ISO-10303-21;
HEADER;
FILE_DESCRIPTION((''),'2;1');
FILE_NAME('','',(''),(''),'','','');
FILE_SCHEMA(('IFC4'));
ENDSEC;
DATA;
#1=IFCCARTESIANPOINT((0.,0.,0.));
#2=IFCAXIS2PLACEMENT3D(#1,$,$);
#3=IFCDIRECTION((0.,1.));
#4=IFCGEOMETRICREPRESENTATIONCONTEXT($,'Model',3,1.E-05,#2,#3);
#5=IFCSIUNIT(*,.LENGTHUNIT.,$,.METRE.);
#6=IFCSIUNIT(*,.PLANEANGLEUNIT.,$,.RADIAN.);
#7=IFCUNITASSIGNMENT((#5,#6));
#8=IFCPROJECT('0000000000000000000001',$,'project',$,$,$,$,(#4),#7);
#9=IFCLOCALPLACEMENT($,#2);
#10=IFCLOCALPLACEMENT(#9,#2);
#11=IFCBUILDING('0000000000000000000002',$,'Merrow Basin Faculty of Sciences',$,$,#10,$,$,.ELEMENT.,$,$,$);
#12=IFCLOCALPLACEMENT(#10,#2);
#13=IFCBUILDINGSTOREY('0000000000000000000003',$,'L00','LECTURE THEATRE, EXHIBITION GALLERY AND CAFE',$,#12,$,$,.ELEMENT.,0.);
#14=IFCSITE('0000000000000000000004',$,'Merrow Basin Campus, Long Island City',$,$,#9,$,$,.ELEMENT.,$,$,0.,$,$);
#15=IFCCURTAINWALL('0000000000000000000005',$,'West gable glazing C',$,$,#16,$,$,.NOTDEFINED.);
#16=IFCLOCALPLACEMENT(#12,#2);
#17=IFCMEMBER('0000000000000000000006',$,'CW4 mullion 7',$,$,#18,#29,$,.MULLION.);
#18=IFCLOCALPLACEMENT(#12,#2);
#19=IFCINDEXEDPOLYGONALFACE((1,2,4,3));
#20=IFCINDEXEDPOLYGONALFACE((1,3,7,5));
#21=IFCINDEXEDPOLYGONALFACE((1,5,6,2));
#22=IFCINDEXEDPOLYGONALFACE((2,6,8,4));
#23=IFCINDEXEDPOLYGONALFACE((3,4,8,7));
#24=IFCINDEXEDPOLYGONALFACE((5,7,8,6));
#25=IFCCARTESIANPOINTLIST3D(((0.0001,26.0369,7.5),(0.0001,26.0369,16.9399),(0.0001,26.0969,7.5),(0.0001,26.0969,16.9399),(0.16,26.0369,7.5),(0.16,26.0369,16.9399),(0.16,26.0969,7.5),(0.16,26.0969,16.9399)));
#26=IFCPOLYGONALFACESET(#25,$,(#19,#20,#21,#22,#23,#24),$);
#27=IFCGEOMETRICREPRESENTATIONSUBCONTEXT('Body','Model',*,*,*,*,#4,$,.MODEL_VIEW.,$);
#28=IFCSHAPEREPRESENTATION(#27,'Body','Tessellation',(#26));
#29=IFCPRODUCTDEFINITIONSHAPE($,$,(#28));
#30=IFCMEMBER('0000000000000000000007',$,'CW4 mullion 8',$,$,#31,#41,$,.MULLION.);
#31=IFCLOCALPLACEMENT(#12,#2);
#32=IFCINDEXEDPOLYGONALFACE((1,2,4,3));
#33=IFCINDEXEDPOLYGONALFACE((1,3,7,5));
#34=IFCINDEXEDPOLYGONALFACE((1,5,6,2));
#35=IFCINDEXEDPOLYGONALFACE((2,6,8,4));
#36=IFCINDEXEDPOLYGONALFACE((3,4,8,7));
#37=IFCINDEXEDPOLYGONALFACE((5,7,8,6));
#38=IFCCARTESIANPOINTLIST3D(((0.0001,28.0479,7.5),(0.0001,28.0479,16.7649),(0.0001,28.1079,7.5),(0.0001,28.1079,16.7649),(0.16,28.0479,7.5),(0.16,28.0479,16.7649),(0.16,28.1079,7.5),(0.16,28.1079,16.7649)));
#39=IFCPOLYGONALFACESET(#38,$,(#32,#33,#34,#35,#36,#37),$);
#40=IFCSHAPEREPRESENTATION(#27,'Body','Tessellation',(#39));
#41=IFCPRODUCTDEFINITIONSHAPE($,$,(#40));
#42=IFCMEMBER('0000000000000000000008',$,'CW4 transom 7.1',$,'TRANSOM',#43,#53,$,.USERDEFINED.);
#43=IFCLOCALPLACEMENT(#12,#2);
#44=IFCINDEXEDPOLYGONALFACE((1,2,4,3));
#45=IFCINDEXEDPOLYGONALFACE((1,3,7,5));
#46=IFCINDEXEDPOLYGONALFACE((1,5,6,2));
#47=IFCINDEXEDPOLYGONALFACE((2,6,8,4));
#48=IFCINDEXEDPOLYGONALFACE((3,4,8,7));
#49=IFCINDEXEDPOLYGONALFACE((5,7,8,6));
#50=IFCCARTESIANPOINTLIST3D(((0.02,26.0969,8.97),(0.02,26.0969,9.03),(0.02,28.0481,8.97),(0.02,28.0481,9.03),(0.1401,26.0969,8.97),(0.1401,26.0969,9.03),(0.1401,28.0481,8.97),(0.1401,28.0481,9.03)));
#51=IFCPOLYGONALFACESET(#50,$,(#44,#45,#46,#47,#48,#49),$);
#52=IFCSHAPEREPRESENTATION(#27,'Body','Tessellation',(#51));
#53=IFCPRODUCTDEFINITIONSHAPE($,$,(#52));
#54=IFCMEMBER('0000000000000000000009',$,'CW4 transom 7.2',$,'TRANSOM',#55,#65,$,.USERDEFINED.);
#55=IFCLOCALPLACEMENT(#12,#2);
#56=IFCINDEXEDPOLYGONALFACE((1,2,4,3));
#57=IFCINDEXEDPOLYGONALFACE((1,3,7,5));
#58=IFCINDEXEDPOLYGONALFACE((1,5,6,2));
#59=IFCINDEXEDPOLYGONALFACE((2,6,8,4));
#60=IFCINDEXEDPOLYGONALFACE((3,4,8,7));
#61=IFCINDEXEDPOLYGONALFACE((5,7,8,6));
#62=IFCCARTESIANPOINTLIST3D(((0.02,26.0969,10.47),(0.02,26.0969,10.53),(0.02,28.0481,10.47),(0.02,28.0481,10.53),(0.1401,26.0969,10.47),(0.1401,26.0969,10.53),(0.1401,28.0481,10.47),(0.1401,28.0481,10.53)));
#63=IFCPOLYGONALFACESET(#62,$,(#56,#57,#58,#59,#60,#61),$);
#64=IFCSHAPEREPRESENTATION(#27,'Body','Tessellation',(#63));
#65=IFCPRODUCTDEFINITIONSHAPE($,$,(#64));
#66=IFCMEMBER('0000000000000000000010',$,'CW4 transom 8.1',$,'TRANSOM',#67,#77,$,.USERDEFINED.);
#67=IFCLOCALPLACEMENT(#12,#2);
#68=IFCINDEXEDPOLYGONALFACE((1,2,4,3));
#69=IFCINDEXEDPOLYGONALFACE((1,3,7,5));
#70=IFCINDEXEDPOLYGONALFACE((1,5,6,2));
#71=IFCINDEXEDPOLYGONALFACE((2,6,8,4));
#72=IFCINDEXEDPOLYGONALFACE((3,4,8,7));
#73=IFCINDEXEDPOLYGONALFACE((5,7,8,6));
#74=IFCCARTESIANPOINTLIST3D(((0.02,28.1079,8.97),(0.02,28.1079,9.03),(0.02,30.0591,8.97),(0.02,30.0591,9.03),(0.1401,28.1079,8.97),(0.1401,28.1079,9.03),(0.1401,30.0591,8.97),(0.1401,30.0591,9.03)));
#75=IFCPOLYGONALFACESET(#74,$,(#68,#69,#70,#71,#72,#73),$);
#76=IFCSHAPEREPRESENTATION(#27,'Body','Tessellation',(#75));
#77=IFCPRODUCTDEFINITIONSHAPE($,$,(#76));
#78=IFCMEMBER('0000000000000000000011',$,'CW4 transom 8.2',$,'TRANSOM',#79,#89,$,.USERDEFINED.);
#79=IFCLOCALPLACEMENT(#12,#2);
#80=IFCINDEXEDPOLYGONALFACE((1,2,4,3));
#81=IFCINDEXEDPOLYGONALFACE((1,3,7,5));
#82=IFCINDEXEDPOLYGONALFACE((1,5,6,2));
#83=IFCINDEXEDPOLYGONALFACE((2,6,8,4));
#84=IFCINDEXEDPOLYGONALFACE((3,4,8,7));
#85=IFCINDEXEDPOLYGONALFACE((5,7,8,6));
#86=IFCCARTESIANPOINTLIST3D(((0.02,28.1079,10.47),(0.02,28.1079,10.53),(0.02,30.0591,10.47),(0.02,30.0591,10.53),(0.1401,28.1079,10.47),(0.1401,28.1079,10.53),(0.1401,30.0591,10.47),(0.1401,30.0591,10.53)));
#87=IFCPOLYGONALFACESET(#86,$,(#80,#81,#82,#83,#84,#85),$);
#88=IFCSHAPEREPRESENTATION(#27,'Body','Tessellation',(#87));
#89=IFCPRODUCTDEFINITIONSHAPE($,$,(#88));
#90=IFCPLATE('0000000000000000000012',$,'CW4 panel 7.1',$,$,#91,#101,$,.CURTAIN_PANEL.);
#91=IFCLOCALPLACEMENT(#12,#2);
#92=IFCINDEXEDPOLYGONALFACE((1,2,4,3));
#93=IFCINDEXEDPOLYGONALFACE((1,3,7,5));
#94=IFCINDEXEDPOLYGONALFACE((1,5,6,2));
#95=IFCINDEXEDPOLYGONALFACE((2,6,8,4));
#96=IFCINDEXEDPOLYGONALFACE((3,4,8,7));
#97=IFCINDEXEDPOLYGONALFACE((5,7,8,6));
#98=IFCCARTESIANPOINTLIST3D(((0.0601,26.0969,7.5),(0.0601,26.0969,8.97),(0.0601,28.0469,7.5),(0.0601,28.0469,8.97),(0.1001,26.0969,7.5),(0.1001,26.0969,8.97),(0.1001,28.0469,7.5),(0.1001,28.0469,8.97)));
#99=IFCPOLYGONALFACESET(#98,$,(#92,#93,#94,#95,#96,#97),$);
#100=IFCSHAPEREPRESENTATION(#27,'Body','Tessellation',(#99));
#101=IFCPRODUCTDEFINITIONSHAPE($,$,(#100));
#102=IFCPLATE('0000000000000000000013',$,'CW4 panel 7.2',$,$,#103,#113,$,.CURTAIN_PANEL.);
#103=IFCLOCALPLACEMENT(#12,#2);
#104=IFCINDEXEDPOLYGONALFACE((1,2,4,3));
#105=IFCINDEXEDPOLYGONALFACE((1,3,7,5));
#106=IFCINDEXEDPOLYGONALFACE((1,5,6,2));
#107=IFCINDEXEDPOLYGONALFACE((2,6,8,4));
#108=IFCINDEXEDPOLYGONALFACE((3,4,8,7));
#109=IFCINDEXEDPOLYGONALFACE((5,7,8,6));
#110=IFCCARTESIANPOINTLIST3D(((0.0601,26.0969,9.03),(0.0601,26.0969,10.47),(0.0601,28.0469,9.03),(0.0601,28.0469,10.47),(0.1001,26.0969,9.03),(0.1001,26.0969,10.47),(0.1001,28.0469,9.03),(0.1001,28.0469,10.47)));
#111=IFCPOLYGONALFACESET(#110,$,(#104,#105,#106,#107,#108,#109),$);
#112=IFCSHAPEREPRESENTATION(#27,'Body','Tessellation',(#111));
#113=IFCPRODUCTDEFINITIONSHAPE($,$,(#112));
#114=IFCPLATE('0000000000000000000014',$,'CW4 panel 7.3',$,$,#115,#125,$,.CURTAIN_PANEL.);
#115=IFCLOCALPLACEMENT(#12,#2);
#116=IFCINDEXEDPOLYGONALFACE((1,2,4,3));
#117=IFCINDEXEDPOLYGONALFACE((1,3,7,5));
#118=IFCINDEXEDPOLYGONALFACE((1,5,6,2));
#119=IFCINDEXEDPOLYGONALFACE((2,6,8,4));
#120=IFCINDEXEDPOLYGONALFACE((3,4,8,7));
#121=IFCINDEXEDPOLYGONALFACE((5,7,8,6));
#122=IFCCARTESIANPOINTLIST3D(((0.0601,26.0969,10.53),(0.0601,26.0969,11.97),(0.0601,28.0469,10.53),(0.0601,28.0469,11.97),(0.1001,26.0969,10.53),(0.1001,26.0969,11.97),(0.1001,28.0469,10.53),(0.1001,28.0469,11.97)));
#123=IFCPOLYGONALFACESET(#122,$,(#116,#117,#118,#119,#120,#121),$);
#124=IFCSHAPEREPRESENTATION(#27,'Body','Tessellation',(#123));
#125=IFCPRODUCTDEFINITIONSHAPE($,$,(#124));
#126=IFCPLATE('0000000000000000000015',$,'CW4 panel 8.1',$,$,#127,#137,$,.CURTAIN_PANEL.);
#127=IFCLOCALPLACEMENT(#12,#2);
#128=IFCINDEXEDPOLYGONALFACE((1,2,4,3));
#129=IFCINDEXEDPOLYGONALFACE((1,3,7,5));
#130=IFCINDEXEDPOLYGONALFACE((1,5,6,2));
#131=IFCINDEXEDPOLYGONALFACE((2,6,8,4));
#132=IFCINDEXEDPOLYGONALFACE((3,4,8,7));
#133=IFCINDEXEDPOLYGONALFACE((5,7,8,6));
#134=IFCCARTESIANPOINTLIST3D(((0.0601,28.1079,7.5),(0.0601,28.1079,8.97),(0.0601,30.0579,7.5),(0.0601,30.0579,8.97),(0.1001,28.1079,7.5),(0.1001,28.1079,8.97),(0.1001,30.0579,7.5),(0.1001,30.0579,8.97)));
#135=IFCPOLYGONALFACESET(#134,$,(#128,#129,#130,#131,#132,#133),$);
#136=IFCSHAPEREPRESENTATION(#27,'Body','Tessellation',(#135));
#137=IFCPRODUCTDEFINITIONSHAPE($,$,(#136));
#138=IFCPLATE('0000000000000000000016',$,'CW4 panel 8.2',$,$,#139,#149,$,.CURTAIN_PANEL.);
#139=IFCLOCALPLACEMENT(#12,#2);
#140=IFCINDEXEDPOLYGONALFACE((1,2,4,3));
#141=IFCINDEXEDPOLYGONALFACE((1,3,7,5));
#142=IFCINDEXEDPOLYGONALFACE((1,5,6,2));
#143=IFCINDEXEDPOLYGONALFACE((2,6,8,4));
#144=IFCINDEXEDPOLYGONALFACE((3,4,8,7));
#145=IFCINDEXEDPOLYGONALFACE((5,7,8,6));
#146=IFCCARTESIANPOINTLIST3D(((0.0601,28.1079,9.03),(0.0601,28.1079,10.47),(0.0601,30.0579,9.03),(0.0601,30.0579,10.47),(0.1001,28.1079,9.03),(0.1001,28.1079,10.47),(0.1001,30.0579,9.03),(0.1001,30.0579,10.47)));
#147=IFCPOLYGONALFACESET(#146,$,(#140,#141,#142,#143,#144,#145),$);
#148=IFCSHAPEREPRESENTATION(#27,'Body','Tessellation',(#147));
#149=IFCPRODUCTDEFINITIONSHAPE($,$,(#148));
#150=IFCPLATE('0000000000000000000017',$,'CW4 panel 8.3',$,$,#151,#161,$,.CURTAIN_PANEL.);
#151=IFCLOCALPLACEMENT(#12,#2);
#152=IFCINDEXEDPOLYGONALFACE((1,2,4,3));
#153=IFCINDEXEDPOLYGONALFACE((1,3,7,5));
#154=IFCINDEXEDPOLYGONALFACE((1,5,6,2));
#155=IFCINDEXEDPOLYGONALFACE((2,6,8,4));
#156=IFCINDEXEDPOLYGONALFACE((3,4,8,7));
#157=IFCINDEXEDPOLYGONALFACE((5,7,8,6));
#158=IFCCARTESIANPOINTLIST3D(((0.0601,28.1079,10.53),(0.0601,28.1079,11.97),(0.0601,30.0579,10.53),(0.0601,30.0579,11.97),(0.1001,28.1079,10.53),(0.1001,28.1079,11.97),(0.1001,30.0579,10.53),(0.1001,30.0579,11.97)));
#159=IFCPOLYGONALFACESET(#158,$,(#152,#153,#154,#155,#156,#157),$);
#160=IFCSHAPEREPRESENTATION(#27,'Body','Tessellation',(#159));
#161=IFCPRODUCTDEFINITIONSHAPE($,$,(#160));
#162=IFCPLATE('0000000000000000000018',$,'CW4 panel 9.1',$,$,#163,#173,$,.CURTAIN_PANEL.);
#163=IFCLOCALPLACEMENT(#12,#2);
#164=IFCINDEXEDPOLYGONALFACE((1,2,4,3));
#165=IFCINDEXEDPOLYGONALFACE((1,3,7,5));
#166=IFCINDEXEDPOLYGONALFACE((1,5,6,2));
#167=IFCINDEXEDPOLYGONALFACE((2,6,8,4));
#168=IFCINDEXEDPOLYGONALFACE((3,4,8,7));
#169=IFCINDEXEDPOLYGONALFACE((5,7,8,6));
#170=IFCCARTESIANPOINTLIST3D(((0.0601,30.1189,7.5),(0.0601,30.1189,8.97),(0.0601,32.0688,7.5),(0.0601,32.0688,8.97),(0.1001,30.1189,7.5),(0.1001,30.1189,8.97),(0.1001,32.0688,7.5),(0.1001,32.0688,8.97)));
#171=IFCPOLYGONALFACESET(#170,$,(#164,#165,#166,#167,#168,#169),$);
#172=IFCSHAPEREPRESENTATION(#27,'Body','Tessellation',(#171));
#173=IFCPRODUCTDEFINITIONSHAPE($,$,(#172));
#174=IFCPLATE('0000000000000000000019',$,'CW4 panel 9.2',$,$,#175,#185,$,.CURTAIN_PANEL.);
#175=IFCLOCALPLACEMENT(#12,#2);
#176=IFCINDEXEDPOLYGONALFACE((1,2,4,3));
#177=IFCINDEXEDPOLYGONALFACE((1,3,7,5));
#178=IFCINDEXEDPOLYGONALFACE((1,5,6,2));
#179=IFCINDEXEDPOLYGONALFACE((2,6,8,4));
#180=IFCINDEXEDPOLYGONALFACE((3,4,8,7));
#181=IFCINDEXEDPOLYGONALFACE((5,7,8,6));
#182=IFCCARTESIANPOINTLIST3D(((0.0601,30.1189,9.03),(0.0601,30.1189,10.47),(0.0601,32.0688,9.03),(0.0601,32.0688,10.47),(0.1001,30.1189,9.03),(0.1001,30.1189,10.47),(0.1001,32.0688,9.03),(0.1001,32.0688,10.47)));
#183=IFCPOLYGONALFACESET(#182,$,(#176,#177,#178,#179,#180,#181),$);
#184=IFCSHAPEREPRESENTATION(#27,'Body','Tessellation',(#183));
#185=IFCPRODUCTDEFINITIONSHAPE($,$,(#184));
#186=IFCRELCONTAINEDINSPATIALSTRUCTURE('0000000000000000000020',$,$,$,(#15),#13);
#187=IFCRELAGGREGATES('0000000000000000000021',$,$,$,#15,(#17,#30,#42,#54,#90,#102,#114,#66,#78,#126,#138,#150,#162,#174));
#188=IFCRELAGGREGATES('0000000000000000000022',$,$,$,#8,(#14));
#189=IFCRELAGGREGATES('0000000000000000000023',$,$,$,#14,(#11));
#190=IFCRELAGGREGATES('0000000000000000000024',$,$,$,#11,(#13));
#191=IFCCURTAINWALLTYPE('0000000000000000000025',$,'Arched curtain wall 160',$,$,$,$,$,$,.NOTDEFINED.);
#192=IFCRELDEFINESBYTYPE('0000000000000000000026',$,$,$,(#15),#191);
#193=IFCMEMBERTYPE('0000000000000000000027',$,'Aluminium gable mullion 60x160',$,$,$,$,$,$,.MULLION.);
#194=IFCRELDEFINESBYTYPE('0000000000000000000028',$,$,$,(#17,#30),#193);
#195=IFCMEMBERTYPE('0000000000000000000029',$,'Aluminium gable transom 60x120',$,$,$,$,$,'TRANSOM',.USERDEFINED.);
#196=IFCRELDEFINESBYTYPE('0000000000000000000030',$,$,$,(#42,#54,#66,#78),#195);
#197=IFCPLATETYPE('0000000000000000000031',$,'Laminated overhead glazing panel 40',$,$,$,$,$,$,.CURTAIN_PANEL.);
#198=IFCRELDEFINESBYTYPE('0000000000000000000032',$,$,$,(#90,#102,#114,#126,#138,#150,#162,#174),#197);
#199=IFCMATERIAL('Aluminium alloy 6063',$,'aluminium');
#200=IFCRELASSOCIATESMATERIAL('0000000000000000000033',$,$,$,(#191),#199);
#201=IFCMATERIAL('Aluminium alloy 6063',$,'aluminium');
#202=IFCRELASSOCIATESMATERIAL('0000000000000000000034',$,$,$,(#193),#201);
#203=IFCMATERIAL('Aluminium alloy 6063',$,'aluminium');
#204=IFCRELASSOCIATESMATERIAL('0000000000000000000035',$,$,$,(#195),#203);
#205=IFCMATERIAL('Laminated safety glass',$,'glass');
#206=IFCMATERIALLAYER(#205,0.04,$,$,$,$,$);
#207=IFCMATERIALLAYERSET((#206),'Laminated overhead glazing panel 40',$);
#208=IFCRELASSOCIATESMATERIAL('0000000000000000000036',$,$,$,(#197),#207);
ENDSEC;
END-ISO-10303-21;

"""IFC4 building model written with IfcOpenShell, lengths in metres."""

from ifc_helpers import new_model, si_unit, direction, frame, origin, origin_2d, place, context, subcontext, project, spatial, polyline, rectangle, outline, extrude, material, layer, layer_set, material_profile, profile_set, type_object, element, aggregate, save


model = new_model("IFC4")

# Units and contexts
model_context = context("Model", 3, precision=1e-05, world=origin(), true_north=direction((0.0, 1.0)))
body_context = subcontext(model_context, "Body", "Model", "MODEL_VIEW")
ifc_project = project(units=[si_unit("LENGTHUNIT", "METRE"), si_unit("PLANEANGLEUNIT", "RADIAN")], contexts=[model_context])

# Site, building, storey
site_placement = place(None, origin())
site = spatial("IfcSite", under=ifc_project, at=site_placement, Name="Merrow Basin Campus, Long Island City", CompositionType="ELEMENT", RefElevation=0.0)
building_placement = place(site_placement, origin())
building = spatial("IfcBuilding", under=site, at=building_placement, Name="Merrow Basin Faculty of Sciences", CompositionType="ELEMENT")
storey_placement = place(building_placement, origin())
storey = spatial("IfcBuildingStorey", under=building, at=storey_placement, Name="L00", Description="LECTURE THEATRE, EXHIBITION GALLERY AND CAFE", CompositionType="ELEMENT", Elevation=0.0)

# Curtain wall, members, plates
ifc_material_1 = material(Name="Aluminium alloy 6063", Category="aluminium")
curtain_wall_type = type_object("IfcCurtainWallType", Name="Arched curtain wall 160", PredefinedType="NOTDEFINED", material=ifc_material_1)
curtain_wall_placement = place(storey_placement, origin())
curtain_wall = element("IfcCurtainWall", 1, at=curtain_wall_placement, inside=storey, type_object=curtain_wall_type, Name="West gable glazing C", PredefinedType="NOTDEFINED")
ifc_material_2 = material(Name="Aluminium alloy 6063", Category="aluminium")
ifc_material_profile_1 = material_profile(ifc_material_2, rectangle(XDim=0.1599, YDim=0.0601, at=origin_2d()))
ifc_profile_set_1 = profile_set([ifc_material_profile_1], Name="Aluminium alloy 6063")
member_type_1 = type_object("IfcMemberType", Name="Aluminium gable mullion 60x160", PredefinedType="MULLION", material=ifc_profile_set_1)
member_1_placement = place(storey_placement, frame((0.0801, 26.0669, 7.5), z_axis=(0.0, 0.0, 1.0), x_axis=(1.0, 0.0, 0.0)))
member_1 = element("IfcMember", 2, at=member_1_placement, type_object=member_type_1, Name="CW4 mullion 7", PredefinedType="MULLION", context=body_context, shape_type="SweptSolid", body=[
    extrude(rectangle(XDim=0.1599, YDim=0.0601, at=origin_2d()), origin(), (0.0, 0.0, 1.0), 9.4399),
])
member_2_placement = place(storey_placement, frame((0.0801, 28.0779, 7.5), z_axis=(0.0, 0.0, 1.0), x_axis=(1.0, 0.0, 0.0)))
member_2 = element("IfcMember", 3, at=member_2_placement, type_object=member_type_1, Name="CW4 mullion 8", PredefinedType="MULLION", context=body_context, shape_type="SweptSolid", body=[
    extrude(rectangle(XDim=0.1599, YDim=0.0601, at=origin_2d()), origin(), (0.0, 0.0, 1.0), 9.2649),
])
ifc_material_3 = material(Name="Aluminium alloy 6063", Category="aluminium")
ifc_material_profile_2 = material_profile(ifc_material_3, rectangle(XDim=0.1201, YDim=0.0601, at=origin_2d()))
ifc_profile_set_2 = profile_set([ifc_material_profile_2], Name="Aluminium alloy 6063")
member_type_2 = type_object("IfcMemberType", Name="Aluminium gable transom 60x120", ElementType="TRANSOM", PredefinedType="USERDEFINED", material=ifc_profile_set_2)
member_3_placement = place(storey_placement, frame((0.0801, 26.0969, 9.0), z_axis=(0.0, 1.0, 0.0), x_axis=(-1.0, 0.0, 0.0)))
member_3 = element("IfcMember", 4, at=member_3_placement, type_object=member_type_2, Name="CW4 transom 7.1", ObjectType="TRANSOM", PredefinedType="USERDEFINED", context=body_context, shape_type="SweptSolid", body=[
    extrude(rectangle(XDim=0.1201, YDim=0.0601, at=origin_2d()), origin(), (0.0, 0.0, 1.0), 1.9512),
])
member_4_placement = place(storey_placement, frame((0.0801, 26.0969, 10.5), z_axis=(0.0, 1.0, 0.0), x_axis=(-1.0, 0.0, 0.0)))
member_4 = element("IfcMember", 5, at=member_4_placement, type_object=member_type_2, Name="CW4 transom 7.2", ObjectType="TRANSOM", PredefinedType="USERDEFINED", context=body_context, shape_type="SweptSolid", body=[
    extrude(rectangle(XDim=0.1201, YDim=0.0601, at=origin_2d()), origin(), (0.0, 0.0, 1.0), 1.9512),
])
member_5_placement = place(storey_placement, frame((0.0801, 28.1079, 9.0), z_axis=(0.0, 1.0, 0.0), x_axis=(-1.0, 0.0, 0.0)))
member_5 = element("IfcMember", 6, at=member_5_placement, type_object=member_type_2, Name="CW4 transom 8.1", ObjectType="TRANSOM", PredefinedType="USERDEFINED", context=body_context, shape_type="SweptSolid", body=[
    extrude(rectangle(XDim=0.1201, YDim=0.0601, at=origin_2d()), origin(), (0.0, 0.0, 1.0), 1.9512),
])
member_6_placement = place(storey_placement, frame((0.0801, 28.1079, 10.5), z_axis=(0.0, 1.0, 0.0), x_axis=(-1.0, 0.0, 0.0)))
member_6 = element("IfcMember", 7, at=member_6_placement, type_object=member_type_2, Name="CW4 transom 8.2", ObjectType="TRANSOM", PredefinedType="USERDEFINED", context=body_context, shape_type="SweptSolid", body=[
    extrude(rectangle(XDim=0.1201, YDim=0.0601, at=origin_2d()), origin(), (0.0, 0.0, 1.0), 1.9512),
])
ifc_material_4 = material(Name="Laminated safety glass", Category="glass")
ifc_layer = layer(ifc_material_4, 0.04)
ifc_layer_set = layer_set([ifc_layer], Name="Laminated overhead glazing panel 40")
plate_type = type_object("IfcPlateType", Name="Laminated overhead glazing panel 40", PredefinedType="CURTAIN_PANEL", material=ifc_layer_set)
plate_1_placement = place(storey_placement, frame((0.0601, 26.0969, 7.5), z_axis=(1.0, 0.0, 0.0), x_axis=(0.0, 1.0, 0.0)))
plate_1 = element("IfcPlate", 8, at=plate_1_placement, type_object=plate_type, Name="CW4 panel 7.1", PredefinedType="CURTAIN_PANEL", context=body_context, shape_type="SweptSolid", body=[
    extrude(outline(polyline([(0.0, 0.0), (1.95, 0.0), (1.95, 1.47), (0.0, 1.47), (0.0, 0.0)])), origin(), (0.0, 0.0, 1.0), 0.04),
])
plate_2_placement = place(storey_placement, frame((0.0601, 26.0969, 9.03), z_axis=(1.0, 0.0, 0.0), x_axis=(0.0, 1.0, 0.0)))
plate_2 = element("IfcPlate", 9, at=plate_2_placement, type_object=plate_type, Name="CW4 panel 7.2", PredefinedType="CURTAIN_PANEL", context=body_context, shape_type="SweptSolid", body=[
    extrude(outline(polyline([(0.0, 0.0), (1.95, 0.0), (1.95, 1.4399), (0.0, 1.4399), (0.0, 0.0)])), origin(), (0.0, 0.0, 1.0), 0.04),
])
plate_3_placement = place(storey_placement, frame((0.0601, 26.0969, 10.53), z_axis=(1.0, 0.0, 0.0), x_axis=(0.0, 1.0, 0.0)))
plate_3 = element("IfcPlate", 10, at=plate_3_placement, type_object=plate_type, Name="CW4 panel 7.3", PredefinedType="CURTAIN_PANEL", context=body_context, shape_type="SweptSolid", body=[
    extrude(outline(polyline([(0.0, 0.0), (1.95, 0.0), (1.95, 1.4399), (0.0, 1.4399), (0.0, 0.0)])), origin(), (0.0, 0.0, 1.0), 0.04),
])
plate_4_placement = place(storey_placement, frame((0.0601, 28.1079, 7.5), z_axis=(1.0, 0.0, 0.0), x_axis=(0.0, 1.0, 0.0)))
plate_4 = element("IfcPlate", 11, at=plate_4_placement, type_object=plate_type, Name="CW4 panel 8.1", PredefinedType="CURTAIN_PANEL", context=body_context, shape_type="SweptSolid", body=[
    extrude(outline(polyline([(0.0, 0.0), (1.95, 0.0), (1.95, 1.47), (0.0, 1.47), (0.0, 0.0)])), origin(), (0.0, 0.0, 1.0), 0.04),
])
plate_5_placement = place(storey_placement, frame((0.0601, 28.1079, 9.03), z_axis=(1.0, 0.0, 0.0), x_axis=(0.0, 1.0, 0.0)))
plate_5 = element("IfcPlate", 12, at=plate_5_placement, type_object=plate_type, Name="CW4 panel 8.2", PredefinedType="CURTAIN_PANEL", context=body_context, shape_type="SweptSolid", body=[
    extrude(outline(polyline([(0.0, 0.0), (1.95, 0.0), (1.95, 1.4399), (0.0, 1.4399), (0.0, 0.0)])), origin(), (0.0, 0.0, 1.0), 0.04),
])
plate_6_placement = place(storey_placement, frame((0.0601, 28.1079, 10.53), z_axis=(1.0, 0.0, 0.0), x_axis=(0.0, 1.0, 0.0)))
plate_6 = element("IfcPlate", 13, at=plate_6_placement, type_object=plate_type, Name="CW4 panel 8.3", PredefinedType="CURTAIN_PANEL", context=body_context, shape_type="SweptSolid", body=[
    extrude(outline(polyline([(0.0, 0.0), (1.95, 0.0), (1.95, 1.4399), (0.0, 1.4399), (0.0, 0.0)])), origin(), (0.0, 0.0, 1.0), 0.04),
])
plate_7_placement = place(storey_placement, frame((0.0601, 30.1189, 7.5), z_axis=(1.0, 0.0, 0.0), x_axis=(0.0, 1.0, 0.0)))
plate_7 = element("IfcPlate", 14, at=plate_7_placement, type_object=plate_type, Name="CW4 panel 9.1", PredefinedType="CURTAIN_PANEL", context=body_context, shape_type="SweptSolid", body=[
    extrude(outline(polyline([(0.0, 0.0), (1.95, 0.0), (1.95, 1.47), (0.0, 1.47), (0.0, 0.0)])), origin(), (0.0, 0.0, 1.0), 0.04),
])
plate_8_placement = place(storey_placement, frame((0.0601, 30.1189, 9.03), z_axis=(1.0, 0.0, 0.0), x_axis=(0.0, 1.0, 0.0)))
plate_8 = element("IfcPlate", 15, at=plate_8_placement, type_object=plate_type, Name="CW4 panel 9.2", PredefinedType="CURTAIN_PANEL", context=body_context, shape_type="SweptSolid", body=[
    extrude(outline(polyline([(0.0, 0.0), (1.95, 0.0), (1.95, 1.4399), (0.0, 1.4399), (0.0, 0.0)])), origin(), (0.0, 0.0, 1.0), 0.04),
])
aggregate(curtain_wall, [member_1, member_2, member_3, member_4, plate_1, plate_2, plate_3, member_5, member_6, plate_4, plate_5, plate_6, plate_7, plate_8])

save(model, "model.ifc")
